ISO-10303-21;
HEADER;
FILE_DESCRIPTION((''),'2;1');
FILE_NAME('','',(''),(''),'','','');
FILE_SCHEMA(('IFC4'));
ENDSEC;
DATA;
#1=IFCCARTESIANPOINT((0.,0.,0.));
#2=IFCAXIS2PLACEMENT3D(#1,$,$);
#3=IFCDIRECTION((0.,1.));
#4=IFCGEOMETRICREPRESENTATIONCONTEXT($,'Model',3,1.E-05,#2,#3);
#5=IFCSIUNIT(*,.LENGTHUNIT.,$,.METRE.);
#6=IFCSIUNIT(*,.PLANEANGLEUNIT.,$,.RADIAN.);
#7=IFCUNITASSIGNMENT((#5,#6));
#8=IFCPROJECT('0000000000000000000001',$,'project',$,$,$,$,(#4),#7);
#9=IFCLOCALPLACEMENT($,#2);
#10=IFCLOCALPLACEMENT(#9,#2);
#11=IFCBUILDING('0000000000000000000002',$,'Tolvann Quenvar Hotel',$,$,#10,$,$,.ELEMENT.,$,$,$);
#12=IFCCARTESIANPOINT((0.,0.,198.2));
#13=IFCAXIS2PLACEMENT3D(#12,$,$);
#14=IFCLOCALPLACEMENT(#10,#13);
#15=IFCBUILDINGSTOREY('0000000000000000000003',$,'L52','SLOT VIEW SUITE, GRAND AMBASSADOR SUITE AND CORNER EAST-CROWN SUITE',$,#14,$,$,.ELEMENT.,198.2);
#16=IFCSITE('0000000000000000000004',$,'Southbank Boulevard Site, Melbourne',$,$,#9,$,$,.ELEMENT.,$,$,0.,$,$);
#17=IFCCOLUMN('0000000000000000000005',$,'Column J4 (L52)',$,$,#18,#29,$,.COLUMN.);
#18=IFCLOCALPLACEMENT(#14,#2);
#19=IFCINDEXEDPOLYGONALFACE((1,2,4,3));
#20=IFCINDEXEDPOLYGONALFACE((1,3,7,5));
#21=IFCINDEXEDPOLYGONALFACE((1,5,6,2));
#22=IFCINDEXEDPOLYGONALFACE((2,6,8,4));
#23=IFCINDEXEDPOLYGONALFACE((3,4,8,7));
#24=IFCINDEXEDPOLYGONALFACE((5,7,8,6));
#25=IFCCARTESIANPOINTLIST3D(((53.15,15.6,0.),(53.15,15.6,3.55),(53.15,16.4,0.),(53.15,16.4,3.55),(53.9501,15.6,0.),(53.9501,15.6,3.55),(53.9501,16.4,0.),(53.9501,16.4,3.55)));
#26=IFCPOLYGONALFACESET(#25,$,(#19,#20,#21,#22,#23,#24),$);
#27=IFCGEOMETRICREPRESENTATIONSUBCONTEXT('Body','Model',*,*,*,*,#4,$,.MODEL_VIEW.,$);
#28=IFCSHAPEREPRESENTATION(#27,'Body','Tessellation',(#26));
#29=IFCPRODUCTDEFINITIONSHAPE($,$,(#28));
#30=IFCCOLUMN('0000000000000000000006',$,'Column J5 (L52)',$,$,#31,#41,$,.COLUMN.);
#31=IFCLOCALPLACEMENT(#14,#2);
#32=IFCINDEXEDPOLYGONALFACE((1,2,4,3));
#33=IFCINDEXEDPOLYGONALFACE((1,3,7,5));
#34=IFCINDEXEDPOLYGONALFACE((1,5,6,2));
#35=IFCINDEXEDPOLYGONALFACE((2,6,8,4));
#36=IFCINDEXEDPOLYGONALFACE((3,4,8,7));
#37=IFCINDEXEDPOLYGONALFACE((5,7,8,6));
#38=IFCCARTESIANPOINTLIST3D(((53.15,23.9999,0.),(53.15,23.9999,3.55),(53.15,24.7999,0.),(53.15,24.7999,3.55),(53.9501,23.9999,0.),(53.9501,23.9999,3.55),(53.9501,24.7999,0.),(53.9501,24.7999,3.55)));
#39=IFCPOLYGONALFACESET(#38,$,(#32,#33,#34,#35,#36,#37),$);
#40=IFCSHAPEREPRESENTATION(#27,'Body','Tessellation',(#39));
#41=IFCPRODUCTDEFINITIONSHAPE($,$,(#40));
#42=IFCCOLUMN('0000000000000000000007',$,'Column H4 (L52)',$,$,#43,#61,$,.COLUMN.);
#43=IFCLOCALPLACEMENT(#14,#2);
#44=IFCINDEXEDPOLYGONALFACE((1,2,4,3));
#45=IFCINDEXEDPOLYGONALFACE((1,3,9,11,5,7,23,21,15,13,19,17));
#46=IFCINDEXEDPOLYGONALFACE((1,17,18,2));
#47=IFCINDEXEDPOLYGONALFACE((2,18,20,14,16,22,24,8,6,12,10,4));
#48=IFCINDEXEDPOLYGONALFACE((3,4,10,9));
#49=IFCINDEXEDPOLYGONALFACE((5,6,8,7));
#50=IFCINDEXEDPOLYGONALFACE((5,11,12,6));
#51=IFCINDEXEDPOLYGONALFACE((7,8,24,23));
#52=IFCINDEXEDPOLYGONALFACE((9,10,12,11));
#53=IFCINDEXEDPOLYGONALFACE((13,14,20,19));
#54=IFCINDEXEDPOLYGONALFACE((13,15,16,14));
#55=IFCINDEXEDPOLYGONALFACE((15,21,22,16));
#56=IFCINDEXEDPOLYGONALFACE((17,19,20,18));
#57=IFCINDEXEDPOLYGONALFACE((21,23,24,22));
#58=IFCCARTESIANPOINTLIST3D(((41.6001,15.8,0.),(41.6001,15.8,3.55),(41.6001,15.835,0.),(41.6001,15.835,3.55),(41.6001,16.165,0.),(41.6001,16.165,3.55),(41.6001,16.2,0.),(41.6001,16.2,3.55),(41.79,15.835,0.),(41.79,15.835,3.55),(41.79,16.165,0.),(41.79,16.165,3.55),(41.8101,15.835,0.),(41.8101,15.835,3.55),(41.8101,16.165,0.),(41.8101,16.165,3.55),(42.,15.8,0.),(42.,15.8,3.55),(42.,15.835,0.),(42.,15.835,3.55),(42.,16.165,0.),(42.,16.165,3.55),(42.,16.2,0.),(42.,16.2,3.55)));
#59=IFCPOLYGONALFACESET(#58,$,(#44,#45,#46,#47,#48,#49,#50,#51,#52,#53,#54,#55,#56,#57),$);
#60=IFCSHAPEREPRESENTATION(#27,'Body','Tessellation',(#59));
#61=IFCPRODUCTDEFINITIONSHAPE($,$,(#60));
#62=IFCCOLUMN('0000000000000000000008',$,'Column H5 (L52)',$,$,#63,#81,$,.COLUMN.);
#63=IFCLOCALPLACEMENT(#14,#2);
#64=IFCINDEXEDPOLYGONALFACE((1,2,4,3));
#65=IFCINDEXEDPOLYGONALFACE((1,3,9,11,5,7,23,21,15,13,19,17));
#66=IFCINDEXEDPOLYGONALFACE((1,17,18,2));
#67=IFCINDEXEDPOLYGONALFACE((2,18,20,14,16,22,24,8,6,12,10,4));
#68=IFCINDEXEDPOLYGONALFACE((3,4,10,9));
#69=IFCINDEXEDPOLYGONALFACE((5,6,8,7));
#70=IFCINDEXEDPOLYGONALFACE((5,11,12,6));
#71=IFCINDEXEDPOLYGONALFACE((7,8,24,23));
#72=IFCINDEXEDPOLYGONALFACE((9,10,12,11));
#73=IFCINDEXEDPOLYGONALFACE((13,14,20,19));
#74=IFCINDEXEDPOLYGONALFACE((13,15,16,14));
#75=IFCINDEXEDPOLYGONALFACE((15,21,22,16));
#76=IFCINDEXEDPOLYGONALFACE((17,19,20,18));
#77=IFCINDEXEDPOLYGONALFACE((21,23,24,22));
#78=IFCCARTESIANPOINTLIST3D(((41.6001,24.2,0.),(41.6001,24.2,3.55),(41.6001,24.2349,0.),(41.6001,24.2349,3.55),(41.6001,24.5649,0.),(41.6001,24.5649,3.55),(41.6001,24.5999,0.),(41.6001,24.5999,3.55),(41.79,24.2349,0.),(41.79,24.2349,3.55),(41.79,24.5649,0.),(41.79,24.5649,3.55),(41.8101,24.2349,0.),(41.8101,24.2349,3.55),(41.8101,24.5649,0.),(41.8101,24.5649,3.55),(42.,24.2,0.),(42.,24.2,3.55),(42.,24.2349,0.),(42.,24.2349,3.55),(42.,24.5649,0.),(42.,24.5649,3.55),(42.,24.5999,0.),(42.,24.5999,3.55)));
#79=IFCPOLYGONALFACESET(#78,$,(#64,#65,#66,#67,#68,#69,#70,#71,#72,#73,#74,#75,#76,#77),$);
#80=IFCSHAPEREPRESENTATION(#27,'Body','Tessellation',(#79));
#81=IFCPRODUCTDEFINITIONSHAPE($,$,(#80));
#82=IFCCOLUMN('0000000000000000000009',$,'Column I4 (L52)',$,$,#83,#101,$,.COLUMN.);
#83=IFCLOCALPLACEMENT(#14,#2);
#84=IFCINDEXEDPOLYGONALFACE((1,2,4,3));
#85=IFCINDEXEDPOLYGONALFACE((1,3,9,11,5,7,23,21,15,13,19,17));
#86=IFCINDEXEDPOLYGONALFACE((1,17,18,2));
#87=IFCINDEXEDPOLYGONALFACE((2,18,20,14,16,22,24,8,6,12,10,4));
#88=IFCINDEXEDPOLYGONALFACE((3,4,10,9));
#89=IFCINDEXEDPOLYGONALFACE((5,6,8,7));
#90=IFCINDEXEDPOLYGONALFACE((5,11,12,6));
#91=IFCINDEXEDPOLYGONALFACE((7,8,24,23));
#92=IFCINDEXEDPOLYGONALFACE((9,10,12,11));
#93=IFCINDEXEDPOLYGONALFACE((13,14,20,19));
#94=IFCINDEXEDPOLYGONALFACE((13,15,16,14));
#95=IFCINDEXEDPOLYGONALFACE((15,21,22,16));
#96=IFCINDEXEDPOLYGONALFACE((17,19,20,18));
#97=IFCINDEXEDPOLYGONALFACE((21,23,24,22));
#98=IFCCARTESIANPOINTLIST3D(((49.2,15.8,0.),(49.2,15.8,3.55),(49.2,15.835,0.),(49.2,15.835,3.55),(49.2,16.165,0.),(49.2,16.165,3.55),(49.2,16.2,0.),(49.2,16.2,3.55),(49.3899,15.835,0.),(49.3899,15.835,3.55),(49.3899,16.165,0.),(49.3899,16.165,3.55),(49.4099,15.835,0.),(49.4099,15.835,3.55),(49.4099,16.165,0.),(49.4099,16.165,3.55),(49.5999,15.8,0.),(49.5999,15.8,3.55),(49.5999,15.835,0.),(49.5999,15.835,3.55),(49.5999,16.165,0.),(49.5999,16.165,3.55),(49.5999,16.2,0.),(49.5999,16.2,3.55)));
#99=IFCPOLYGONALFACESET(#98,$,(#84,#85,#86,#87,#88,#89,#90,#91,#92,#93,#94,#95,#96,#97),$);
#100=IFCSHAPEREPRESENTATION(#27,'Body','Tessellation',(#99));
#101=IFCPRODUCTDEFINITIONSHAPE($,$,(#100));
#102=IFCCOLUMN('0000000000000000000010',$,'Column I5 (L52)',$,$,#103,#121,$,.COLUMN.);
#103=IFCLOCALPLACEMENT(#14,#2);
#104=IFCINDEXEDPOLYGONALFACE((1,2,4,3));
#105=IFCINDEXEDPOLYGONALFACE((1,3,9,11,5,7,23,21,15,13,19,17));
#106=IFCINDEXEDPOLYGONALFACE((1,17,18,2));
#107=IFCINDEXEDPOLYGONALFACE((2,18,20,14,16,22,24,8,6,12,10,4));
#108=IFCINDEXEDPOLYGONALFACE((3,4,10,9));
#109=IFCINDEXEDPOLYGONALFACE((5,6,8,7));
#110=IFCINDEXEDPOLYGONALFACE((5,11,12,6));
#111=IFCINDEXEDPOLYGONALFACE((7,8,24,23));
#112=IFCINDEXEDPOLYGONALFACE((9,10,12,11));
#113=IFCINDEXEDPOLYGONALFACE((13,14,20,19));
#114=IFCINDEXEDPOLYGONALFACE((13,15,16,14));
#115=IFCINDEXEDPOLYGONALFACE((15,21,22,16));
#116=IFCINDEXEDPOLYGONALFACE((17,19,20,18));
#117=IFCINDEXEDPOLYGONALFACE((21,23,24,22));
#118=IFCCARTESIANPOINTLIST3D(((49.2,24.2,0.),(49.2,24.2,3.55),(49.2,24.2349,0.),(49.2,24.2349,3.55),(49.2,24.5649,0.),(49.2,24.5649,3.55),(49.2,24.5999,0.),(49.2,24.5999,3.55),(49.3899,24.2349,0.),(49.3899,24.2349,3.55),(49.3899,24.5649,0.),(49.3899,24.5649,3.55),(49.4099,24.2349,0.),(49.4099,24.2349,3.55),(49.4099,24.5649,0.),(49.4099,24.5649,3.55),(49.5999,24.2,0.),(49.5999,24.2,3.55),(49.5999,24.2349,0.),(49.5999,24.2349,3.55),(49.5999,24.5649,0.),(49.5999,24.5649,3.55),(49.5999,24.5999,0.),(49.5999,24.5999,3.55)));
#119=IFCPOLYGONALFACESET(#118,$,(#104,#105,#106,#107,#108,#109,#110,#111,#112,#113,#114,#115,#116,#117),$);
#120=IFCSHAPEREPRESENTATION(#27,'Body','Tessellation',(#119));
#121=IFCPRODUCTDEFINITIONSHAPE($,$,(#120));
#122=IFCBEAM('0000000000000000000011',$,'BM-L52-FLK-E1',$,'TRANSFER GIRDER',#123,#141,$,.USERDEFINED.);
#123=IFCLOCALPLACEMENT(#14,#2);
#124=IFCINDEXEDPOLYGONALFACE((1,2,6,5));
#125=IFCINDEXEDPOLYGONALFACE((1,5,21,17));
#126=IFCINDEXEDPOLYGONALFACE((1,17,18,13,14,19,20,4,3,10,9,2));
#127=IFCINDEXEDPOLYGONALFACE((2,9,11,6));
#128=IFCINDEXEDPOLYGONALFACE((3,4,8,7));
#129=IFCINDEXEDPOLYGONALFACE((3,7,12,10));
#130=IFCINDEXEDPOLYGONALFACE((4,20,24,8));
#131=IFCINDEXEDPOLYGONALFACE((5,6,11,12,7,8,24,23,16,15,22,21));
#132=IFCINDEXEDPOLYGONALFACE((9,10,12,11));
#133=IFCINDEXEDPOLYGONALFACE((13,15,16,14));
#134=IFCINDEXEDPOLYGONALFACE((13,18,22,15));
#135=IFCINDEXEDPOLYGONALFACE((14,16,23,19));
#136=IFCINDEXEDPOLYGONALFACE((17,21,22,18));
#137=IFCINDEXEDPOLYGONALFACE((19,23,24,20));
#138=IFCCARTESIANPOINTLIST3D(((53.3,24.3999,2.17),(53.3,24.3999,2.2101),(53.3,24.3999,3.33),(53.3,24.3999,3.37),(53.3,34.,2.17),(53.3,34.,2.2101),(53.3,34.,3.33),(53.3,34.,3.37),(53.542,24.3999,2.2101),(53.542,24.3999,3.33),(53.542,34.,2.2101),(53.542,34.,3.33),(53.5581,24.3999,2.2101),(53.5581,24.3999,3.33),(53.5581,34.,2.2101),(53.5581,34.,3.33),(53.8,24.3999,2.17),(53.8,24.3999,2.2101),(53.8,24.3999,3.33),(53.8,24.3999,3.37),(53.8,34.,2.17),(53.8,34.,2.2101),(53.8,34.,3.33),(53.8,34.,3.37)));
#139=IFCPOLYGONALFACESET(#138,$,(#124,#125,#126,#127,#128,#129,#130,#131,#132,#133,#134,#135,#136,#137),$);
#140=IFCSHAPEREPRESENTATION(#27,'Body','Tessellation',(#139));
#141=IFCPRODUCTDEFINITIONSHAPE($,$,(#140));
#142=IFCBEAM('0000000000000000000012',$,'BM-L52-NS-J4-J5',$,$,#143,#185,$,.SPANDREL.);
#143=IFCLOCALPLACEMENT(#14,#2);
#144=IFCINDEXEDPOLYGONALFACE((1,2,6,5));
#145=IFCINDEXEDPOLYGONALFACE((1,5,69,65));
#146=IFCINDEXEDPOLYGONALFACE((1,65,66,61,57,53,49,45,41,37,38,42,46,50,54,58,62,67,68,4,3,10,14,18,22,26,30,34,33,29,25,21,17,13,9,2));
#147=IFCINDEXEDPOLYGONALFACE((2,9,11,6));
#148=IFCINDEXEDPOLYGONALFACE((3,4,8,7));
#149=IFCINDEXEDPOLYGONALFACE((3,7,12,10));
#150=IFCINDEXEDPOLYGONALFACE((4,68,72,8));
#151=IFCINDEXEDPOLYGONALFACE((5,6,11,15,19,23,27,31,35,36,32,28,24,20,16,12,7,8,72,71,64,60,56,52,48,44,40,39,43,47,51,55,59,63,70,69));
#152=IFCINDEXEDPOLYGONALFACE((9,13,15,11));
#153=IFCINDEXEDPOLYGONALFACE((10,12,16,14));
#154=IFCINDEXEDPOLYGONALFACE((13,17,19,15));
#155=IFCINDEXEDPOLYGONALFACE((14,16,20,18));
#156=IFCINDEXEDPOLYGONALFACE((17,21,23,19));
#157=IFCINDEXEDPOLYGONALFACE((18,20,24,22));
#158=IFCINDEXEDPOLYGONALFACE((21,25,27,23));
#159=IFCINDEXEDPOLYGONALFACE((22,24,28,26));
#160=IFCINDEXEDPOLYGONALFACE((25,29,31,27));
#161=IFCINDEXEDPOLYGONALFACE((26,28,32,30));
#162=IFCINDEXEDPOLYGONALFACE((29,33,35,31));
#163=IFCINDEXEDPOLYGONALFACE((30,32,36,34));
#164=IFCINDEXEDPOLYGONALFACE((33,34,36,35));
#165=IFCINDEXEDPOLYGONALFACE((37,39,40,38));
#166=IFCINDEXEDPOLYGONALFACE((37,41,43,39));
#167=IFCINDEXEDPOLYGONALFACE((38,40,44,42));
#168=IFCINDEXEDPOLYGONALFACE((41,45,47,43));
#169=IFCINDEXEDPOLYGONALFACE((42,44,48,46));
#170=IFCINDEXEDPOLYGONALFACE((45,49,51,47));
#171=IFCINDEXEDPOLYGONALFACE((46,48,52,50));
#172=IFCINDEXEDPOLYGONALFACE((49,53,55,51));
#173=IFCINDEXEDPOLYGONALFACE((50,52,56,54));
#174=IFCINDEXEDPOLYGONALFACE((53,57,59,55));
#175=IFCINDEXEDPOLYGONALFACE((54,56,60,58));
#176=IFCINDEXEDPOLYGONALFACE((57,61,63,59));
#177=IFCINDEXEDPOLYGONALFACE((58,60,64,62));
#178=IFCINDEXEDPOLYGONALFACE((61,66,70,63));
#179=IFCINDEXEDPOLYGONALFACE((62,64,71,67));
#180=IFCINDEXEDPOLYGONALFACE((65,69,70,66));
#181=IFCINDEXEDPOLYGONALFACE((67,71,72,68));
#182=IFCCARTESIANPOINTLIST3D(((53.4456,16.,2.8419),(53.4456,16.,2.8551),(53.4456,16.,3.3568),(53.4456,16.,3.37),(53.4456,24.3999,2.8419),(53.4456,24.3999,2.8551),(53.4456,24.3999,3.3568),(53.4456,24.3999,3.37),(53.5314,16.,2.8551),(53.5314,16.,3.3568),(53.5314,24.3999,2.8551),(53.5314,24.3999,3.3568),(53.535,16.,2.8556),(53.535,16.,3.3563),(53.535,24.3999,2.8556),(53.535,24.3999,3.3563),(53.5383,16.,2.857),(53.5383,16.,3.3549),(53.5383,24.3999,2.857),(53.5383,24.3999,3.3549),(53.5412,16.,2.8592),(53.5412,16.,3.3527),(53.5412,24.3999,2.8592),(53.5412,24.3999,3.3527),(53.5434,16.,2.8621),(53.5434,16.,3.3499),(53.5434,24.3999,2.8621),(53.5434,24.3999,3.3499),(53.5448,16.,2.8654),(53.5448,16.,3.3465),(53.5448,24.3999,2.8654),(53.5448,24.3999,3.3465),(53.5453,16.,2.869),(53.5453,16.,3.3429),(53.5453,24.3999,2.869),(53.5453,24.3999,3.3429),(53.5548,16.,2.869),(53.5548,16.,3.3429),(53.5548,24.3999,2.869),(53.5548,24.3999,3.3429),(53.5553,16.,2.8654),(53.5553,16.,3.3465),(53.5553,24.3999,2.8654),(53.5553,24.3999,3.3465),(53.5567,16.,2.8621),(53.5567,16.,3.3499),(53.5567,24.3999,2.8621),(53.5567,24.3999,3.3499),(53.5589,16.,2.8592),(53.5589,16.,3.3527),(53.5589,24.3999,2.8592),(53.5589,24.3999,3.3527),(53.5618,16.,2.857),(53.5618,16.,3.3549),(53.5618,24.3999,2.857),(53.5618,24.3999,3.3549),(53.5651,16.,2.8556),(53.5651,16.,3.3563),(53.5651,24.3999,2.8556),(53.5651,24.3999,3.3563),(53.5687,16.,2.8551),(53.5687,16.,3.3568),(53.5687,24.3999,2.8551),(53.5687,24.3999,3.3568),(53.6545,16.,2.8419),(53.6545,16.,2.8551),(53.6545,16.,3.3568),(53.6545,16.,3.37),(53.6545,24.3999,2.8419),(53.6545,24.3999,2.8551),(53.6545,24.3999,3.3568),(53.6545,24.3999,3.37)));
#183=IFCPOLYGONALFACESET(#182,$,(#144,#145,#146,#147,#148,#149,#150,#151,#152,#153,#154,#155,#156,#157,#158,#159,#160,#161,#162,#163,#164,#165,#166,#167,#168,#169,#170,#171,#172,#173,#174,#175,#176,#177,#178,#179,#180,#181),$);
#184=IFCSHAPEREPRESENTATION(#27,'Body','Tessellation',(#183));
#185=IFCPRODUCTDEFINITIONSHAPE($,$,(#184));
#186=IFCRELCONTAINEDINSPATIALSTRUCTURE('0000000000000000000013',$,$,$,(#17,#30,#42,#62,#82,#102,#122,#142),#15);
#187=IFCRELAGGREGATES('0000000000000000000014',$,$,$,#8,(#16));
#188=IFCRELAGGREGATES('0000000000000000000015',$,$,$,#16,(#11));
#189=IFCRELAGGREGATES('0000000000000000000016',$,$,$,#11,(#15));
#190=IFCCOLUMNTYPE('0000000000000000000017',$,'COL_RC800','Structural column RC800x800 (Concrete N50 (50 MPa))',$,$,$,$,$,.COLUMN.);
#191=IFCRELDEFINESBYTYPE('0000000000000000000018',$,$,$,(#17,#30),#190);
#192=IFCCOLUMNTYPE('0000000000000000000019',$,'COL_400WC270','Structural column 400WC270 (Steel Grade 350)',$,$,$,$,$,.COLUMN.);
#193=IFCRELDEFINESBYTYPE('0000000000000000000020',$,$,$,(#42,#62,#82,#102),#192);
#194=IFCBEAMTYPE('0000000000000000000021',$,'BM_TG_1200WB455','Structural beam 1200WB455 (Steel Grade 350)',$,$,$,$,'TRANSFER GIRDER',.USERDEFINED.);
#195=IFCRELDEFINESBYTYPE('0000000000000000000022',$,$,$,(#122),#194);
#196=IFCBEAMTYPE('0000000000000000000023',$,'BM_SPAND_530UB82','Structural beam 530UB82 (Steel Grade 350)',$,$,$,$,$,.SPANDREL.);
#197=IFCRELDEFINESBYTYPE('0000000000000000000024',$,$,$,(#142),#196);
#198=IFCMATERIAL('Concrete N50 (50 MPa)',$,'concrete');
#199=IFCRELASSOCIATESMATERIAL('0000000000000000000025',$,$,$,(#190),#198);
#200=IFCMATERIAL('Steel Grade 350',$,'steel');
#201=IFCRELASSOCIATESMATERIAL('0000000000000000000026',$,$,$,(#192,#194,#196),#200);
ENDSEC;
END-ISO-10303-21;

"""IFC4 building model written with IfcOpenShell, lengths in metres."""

from ifc_helpers import new_model, si_unit, direction, frame, origin, origin_2d, place, context, subcontext, project, spatial, rectangle, i_section, extrude, source, transform, mapped, material, material_profile, profile_set, type_object, type_shapes, element, save


model = new_model("IFC4")

# Units and contexts
model_context = context("Model", 3, precision=1e-05, world=origin(), true_north=direction((0.0, 1.0)))
body_context = subcontext(model_context, "Body", "Model", "MODEL_VIEW")
ifc_project = project(units=[si_unit("LENGTHUNIT", "METRE"), si_unit("PLANEANGLEUNIT", "RADIAN")], contexts=[model_context])

# Site, building, storey
site_placement = place(None, origin())
site = spatial("IfcSite", under=ifc_project, at=site_placement, Name="Southbank Boulevard Site, Melbourne", CompositionType="ELEMENT", RefElevation=0.0)
building_placement = place(site_placement, origin())
building = spatial("IfcBuilding", under=site, at=building_placement, Name="Tolvann Quenvar Hotel", CompositionType="ELEMENT")
storey_placement = place(building_placement, frame((0.0, 0.0, 198.2)))
storey = spatial("IfcBuildingStorey", under=building, at=storey_placement, Name="L52", Description="SLOT VIEW SUITE, GRAND AMBASSADOR SUITE AND CORNER EAST-CROWN SUITE", CompositionType="ELEMENT", Elevation=198.2)

# Columns
ifc_material_1 = material(Name="Concrete N50 (50 MPa)", Category="concrete")
ifc_material_profile_1 = material_profile(ifc_material_1, rectangle(XDim=0.8, YDim=0.8, at=origin_2d()), Name="RC800x800")
ifc_profile_set_1 = profile_set([ifc_material_profile_1], Name="Concrete N50 (50 MPa)")
column_type_1 = type_object("IfcColumnType", Name="COL_RC800", Description="Structural column RC800x800 (Concrete N50 (50 MPa))", PredefinedType="COLUMN", material=ifc_profile_set_1)
shared_shape_1 = source(origin(), body_context, "Body", "SweptSolid", [
    extrude(rectangle(XDim=0.8, YDim=0.8, at=origin_2d()), origin(), (0.0, 0.0, 1.0), 3.55),
])
type_shapes(column_type_1, [shared_shape_1])
for number, where, z_axis, x_axis, name in (
    (1, (53.55, 16.0, 0.0), (0.0, 0.0, 1.0), (1.0, 0.0, 0.0), "Column J4 (L52)"),
    (2, (53.55, 24.3999, 0.0), (0.0, 0.0, 1.0), (1.0, 0.0, 0.0), "Column J5 (L52)"),
):
    element("IfcColumn", number, at=place(storey_placement, frame(where, z_axis=z_axis, x_axis=x_axis)), inside=storey, type_object=column_type_1, Name=name, PredefinedType="COLUMN", context=body_context, shape_type="MappedRepresentation", body=[
        mapped(shared_shape_1, transform((0.0, 0.0, 0.0), x_axis=(1.0, 0.0, 0.0), y_axis=(0.0, 1.0, 0.0), z_axis=(0.0, 0.0, 1.0), scale=1.0)),
    ])
ifc_material_2 = material(Name="Steel Grade 350", Category="steel")
ifc_material_profile_2 = material_profile(ifc_material_2, i_section(OverallWidth=0.3999, OverallDepth=0.3999, WebThickness=0.02, FlangeThickness=0.0349, at=origin_2d()), Name="400WC270")
ifc_profile_set_2 = profile_set([ifc_material_profile_2], Name="Steel Grade 350")
column_type_2 = type_object("IfcColumnType", Name="COL_400WC270", Description="Structural column 400WC270 (Steel Grade 350)", PredefinedType="COLUMN", material=ifc_profile_set_2)
shared_shape_2 = source(origin(), body_context, "Body", "SweptSolid", [
    extrude(i_section(OverallWidth=0.3999, OverallDepth=0.3999, WebThickness=0.02, FlangeThickness=0.0349, at=origin_2d()), origin(), (0.0, 0.0, 1.0), 3.55),
])
type_shapes(column_type_2, [shared_shape_2])
for number, where, z_axis, x_axis, name in (
    (3, (41.8, 16.0, 0.0), (0.0, 0.0, 1.0), (1.0, 0.0, 0.0), "Column H4 (L52)"),
    (4, (41.8, 24.3999, 0.0), (0.0, 0.0, 1.0), (1.0, 0.0, 0.0), "Column H5 (L52)"),
    (5, (49.3999, 16.0, 0.0), (0.0, 0.0, 1.0), (1.0, 0.0, 0.0), "Column I4 (L52)"),
    (6, (49.3999, 24.3999, 0.0), (0.0, 0.0, 1.0), (1.0, 0.0, 0.0), "Column I5 (L52)"),
):
    element("IfcColumn", number, at=place(storey_placement, frame(where, z_axis=z_axis, x_axis=x_axis)), inside=storey, type_object=column_type_2, Name=name, PredefinedType="COLUMN", context=body_context, shape_type="MappedRepresentation", body=[
        mapped(shared_shape_2, transform((0.0, 0.0, 0.0), x_axis=(1.0, 0.0, 0.0), y_axis=(0.0, 1.0, 0.0), z_axis=(0.0, 0.0, 1.0), scale=1.0)),
    ])

# Beams
ifc_material_profile_3 = material_profile(ifc_material_2, i_section(OverallWidth=0.5, OverallDepth=1.2, WebThickness=0.0161, FlangeThickness=0.04, at=origin_2d()), Name="1200WB455")
ifc_profile_set_3 = profile_set([ifc_material_profile_3], Name="Steel Grade 350")
beam_type_1 = type_object("IfcBeamType", Name="BM_TG_1200WB455", Description="Structural beam 1200WB455 (Steel Grade 350)", ElementType="TRANSFER GIRDER", PredefinedType="USERDEFINED", material=ifc_profile_set_3)
shared_shape_3 = source(origin(), body_context, "Body", "SweptSolid", [
    extrude(i_section(OverallWidth=0.5, OverallDepth=1.2, WebThickness=0.0161, FlangeThickness=0.04, at=origin_2d()), origin(), (0.0, 0.0, 1.0), 9.6001),
])
beam_1_placement = place(storey_placement, frame((53.55, 24.3999, 2.77), z_axis=(0.0, 1.0, 0.0), x_axis=(-1.0, 0.0, 0.0)))
element("IfcBeam", 7, at=beam_1_placement, inside=storey, type_object=beam_type_1, Name="BM-L52-FLK-E1", ObjectType="TRANSFER GIRDER", PredefinedType="USERDEFINED", context=body_context, shape_type="MappedRepresentation", body=[
    mapped(shared_shape_3, transform((0.0, 0.0, 0.0), x_axis=(1.0, 0.0, 0.0), y_axis=(0.0, 1.0, 0.0), z_axis=(0.0, 0.0, 1.0), scale=1.0)),
])
ifc_material_profile_4 = material_profile(ifc_material_2, i_section(OverallWidth=0.209, OverallDepth=0.5281, WebThickness=0.0095, FlangeThickness=0.0132, FilletRadius=0.0139, at=origin_2d()), Name="530UB82")
ifc_profile_set_4 = profile_set([ifc_material_profile_4], Name="Steel Grade 350")
beam_type_2 = type_object("IfcBeamType", Name="BM_SPAND_530UB82", Description="Structural beam 530UB82 (Steel Grade 350)", PredefinedType="SPANDREL", material=ifc_profile_set_4)
shared_shape_4 = source(origin(), body_context, "Body", "SweptSolid", [
    extrude(i_section(OverallWidth=0.209, OverallDepth=0.5281, WebThickness=0.0095, FlangeThickness=0.0132, FilletRadius=0.0139, at=origin_2d()), origin(), (0.0, 0.0, 1.0), 8.3999),
])
type_shapes(beam_type_2, [shared_shape_4])
beam_2_placement = place(storey_placement, frame((53.55, 16.0, 3.106), z_axis=(0.0, 1.0, 0.0), x_axis=(-1.0, 0.0, 0.0)))
element("IfcBeam", 8, at=beam_2_placement, inside=storey, type_object=beam_type_2, Name="BM-L52-NS-J4-J5", PredefinedType="SPANDREL", context=body_context, shape_type="MappedRepresentation", body=[
    mapped(shared_shape_4, transform((0.0, 0.0, 0.0), x_axis=(1.0, 0.0, 0.0), y_axis=(0.0, 1.0, 0.0), z_axis=(0.0, 0.0, 1.0), scale=1.0)),
])

save(model, "model.ifc")
